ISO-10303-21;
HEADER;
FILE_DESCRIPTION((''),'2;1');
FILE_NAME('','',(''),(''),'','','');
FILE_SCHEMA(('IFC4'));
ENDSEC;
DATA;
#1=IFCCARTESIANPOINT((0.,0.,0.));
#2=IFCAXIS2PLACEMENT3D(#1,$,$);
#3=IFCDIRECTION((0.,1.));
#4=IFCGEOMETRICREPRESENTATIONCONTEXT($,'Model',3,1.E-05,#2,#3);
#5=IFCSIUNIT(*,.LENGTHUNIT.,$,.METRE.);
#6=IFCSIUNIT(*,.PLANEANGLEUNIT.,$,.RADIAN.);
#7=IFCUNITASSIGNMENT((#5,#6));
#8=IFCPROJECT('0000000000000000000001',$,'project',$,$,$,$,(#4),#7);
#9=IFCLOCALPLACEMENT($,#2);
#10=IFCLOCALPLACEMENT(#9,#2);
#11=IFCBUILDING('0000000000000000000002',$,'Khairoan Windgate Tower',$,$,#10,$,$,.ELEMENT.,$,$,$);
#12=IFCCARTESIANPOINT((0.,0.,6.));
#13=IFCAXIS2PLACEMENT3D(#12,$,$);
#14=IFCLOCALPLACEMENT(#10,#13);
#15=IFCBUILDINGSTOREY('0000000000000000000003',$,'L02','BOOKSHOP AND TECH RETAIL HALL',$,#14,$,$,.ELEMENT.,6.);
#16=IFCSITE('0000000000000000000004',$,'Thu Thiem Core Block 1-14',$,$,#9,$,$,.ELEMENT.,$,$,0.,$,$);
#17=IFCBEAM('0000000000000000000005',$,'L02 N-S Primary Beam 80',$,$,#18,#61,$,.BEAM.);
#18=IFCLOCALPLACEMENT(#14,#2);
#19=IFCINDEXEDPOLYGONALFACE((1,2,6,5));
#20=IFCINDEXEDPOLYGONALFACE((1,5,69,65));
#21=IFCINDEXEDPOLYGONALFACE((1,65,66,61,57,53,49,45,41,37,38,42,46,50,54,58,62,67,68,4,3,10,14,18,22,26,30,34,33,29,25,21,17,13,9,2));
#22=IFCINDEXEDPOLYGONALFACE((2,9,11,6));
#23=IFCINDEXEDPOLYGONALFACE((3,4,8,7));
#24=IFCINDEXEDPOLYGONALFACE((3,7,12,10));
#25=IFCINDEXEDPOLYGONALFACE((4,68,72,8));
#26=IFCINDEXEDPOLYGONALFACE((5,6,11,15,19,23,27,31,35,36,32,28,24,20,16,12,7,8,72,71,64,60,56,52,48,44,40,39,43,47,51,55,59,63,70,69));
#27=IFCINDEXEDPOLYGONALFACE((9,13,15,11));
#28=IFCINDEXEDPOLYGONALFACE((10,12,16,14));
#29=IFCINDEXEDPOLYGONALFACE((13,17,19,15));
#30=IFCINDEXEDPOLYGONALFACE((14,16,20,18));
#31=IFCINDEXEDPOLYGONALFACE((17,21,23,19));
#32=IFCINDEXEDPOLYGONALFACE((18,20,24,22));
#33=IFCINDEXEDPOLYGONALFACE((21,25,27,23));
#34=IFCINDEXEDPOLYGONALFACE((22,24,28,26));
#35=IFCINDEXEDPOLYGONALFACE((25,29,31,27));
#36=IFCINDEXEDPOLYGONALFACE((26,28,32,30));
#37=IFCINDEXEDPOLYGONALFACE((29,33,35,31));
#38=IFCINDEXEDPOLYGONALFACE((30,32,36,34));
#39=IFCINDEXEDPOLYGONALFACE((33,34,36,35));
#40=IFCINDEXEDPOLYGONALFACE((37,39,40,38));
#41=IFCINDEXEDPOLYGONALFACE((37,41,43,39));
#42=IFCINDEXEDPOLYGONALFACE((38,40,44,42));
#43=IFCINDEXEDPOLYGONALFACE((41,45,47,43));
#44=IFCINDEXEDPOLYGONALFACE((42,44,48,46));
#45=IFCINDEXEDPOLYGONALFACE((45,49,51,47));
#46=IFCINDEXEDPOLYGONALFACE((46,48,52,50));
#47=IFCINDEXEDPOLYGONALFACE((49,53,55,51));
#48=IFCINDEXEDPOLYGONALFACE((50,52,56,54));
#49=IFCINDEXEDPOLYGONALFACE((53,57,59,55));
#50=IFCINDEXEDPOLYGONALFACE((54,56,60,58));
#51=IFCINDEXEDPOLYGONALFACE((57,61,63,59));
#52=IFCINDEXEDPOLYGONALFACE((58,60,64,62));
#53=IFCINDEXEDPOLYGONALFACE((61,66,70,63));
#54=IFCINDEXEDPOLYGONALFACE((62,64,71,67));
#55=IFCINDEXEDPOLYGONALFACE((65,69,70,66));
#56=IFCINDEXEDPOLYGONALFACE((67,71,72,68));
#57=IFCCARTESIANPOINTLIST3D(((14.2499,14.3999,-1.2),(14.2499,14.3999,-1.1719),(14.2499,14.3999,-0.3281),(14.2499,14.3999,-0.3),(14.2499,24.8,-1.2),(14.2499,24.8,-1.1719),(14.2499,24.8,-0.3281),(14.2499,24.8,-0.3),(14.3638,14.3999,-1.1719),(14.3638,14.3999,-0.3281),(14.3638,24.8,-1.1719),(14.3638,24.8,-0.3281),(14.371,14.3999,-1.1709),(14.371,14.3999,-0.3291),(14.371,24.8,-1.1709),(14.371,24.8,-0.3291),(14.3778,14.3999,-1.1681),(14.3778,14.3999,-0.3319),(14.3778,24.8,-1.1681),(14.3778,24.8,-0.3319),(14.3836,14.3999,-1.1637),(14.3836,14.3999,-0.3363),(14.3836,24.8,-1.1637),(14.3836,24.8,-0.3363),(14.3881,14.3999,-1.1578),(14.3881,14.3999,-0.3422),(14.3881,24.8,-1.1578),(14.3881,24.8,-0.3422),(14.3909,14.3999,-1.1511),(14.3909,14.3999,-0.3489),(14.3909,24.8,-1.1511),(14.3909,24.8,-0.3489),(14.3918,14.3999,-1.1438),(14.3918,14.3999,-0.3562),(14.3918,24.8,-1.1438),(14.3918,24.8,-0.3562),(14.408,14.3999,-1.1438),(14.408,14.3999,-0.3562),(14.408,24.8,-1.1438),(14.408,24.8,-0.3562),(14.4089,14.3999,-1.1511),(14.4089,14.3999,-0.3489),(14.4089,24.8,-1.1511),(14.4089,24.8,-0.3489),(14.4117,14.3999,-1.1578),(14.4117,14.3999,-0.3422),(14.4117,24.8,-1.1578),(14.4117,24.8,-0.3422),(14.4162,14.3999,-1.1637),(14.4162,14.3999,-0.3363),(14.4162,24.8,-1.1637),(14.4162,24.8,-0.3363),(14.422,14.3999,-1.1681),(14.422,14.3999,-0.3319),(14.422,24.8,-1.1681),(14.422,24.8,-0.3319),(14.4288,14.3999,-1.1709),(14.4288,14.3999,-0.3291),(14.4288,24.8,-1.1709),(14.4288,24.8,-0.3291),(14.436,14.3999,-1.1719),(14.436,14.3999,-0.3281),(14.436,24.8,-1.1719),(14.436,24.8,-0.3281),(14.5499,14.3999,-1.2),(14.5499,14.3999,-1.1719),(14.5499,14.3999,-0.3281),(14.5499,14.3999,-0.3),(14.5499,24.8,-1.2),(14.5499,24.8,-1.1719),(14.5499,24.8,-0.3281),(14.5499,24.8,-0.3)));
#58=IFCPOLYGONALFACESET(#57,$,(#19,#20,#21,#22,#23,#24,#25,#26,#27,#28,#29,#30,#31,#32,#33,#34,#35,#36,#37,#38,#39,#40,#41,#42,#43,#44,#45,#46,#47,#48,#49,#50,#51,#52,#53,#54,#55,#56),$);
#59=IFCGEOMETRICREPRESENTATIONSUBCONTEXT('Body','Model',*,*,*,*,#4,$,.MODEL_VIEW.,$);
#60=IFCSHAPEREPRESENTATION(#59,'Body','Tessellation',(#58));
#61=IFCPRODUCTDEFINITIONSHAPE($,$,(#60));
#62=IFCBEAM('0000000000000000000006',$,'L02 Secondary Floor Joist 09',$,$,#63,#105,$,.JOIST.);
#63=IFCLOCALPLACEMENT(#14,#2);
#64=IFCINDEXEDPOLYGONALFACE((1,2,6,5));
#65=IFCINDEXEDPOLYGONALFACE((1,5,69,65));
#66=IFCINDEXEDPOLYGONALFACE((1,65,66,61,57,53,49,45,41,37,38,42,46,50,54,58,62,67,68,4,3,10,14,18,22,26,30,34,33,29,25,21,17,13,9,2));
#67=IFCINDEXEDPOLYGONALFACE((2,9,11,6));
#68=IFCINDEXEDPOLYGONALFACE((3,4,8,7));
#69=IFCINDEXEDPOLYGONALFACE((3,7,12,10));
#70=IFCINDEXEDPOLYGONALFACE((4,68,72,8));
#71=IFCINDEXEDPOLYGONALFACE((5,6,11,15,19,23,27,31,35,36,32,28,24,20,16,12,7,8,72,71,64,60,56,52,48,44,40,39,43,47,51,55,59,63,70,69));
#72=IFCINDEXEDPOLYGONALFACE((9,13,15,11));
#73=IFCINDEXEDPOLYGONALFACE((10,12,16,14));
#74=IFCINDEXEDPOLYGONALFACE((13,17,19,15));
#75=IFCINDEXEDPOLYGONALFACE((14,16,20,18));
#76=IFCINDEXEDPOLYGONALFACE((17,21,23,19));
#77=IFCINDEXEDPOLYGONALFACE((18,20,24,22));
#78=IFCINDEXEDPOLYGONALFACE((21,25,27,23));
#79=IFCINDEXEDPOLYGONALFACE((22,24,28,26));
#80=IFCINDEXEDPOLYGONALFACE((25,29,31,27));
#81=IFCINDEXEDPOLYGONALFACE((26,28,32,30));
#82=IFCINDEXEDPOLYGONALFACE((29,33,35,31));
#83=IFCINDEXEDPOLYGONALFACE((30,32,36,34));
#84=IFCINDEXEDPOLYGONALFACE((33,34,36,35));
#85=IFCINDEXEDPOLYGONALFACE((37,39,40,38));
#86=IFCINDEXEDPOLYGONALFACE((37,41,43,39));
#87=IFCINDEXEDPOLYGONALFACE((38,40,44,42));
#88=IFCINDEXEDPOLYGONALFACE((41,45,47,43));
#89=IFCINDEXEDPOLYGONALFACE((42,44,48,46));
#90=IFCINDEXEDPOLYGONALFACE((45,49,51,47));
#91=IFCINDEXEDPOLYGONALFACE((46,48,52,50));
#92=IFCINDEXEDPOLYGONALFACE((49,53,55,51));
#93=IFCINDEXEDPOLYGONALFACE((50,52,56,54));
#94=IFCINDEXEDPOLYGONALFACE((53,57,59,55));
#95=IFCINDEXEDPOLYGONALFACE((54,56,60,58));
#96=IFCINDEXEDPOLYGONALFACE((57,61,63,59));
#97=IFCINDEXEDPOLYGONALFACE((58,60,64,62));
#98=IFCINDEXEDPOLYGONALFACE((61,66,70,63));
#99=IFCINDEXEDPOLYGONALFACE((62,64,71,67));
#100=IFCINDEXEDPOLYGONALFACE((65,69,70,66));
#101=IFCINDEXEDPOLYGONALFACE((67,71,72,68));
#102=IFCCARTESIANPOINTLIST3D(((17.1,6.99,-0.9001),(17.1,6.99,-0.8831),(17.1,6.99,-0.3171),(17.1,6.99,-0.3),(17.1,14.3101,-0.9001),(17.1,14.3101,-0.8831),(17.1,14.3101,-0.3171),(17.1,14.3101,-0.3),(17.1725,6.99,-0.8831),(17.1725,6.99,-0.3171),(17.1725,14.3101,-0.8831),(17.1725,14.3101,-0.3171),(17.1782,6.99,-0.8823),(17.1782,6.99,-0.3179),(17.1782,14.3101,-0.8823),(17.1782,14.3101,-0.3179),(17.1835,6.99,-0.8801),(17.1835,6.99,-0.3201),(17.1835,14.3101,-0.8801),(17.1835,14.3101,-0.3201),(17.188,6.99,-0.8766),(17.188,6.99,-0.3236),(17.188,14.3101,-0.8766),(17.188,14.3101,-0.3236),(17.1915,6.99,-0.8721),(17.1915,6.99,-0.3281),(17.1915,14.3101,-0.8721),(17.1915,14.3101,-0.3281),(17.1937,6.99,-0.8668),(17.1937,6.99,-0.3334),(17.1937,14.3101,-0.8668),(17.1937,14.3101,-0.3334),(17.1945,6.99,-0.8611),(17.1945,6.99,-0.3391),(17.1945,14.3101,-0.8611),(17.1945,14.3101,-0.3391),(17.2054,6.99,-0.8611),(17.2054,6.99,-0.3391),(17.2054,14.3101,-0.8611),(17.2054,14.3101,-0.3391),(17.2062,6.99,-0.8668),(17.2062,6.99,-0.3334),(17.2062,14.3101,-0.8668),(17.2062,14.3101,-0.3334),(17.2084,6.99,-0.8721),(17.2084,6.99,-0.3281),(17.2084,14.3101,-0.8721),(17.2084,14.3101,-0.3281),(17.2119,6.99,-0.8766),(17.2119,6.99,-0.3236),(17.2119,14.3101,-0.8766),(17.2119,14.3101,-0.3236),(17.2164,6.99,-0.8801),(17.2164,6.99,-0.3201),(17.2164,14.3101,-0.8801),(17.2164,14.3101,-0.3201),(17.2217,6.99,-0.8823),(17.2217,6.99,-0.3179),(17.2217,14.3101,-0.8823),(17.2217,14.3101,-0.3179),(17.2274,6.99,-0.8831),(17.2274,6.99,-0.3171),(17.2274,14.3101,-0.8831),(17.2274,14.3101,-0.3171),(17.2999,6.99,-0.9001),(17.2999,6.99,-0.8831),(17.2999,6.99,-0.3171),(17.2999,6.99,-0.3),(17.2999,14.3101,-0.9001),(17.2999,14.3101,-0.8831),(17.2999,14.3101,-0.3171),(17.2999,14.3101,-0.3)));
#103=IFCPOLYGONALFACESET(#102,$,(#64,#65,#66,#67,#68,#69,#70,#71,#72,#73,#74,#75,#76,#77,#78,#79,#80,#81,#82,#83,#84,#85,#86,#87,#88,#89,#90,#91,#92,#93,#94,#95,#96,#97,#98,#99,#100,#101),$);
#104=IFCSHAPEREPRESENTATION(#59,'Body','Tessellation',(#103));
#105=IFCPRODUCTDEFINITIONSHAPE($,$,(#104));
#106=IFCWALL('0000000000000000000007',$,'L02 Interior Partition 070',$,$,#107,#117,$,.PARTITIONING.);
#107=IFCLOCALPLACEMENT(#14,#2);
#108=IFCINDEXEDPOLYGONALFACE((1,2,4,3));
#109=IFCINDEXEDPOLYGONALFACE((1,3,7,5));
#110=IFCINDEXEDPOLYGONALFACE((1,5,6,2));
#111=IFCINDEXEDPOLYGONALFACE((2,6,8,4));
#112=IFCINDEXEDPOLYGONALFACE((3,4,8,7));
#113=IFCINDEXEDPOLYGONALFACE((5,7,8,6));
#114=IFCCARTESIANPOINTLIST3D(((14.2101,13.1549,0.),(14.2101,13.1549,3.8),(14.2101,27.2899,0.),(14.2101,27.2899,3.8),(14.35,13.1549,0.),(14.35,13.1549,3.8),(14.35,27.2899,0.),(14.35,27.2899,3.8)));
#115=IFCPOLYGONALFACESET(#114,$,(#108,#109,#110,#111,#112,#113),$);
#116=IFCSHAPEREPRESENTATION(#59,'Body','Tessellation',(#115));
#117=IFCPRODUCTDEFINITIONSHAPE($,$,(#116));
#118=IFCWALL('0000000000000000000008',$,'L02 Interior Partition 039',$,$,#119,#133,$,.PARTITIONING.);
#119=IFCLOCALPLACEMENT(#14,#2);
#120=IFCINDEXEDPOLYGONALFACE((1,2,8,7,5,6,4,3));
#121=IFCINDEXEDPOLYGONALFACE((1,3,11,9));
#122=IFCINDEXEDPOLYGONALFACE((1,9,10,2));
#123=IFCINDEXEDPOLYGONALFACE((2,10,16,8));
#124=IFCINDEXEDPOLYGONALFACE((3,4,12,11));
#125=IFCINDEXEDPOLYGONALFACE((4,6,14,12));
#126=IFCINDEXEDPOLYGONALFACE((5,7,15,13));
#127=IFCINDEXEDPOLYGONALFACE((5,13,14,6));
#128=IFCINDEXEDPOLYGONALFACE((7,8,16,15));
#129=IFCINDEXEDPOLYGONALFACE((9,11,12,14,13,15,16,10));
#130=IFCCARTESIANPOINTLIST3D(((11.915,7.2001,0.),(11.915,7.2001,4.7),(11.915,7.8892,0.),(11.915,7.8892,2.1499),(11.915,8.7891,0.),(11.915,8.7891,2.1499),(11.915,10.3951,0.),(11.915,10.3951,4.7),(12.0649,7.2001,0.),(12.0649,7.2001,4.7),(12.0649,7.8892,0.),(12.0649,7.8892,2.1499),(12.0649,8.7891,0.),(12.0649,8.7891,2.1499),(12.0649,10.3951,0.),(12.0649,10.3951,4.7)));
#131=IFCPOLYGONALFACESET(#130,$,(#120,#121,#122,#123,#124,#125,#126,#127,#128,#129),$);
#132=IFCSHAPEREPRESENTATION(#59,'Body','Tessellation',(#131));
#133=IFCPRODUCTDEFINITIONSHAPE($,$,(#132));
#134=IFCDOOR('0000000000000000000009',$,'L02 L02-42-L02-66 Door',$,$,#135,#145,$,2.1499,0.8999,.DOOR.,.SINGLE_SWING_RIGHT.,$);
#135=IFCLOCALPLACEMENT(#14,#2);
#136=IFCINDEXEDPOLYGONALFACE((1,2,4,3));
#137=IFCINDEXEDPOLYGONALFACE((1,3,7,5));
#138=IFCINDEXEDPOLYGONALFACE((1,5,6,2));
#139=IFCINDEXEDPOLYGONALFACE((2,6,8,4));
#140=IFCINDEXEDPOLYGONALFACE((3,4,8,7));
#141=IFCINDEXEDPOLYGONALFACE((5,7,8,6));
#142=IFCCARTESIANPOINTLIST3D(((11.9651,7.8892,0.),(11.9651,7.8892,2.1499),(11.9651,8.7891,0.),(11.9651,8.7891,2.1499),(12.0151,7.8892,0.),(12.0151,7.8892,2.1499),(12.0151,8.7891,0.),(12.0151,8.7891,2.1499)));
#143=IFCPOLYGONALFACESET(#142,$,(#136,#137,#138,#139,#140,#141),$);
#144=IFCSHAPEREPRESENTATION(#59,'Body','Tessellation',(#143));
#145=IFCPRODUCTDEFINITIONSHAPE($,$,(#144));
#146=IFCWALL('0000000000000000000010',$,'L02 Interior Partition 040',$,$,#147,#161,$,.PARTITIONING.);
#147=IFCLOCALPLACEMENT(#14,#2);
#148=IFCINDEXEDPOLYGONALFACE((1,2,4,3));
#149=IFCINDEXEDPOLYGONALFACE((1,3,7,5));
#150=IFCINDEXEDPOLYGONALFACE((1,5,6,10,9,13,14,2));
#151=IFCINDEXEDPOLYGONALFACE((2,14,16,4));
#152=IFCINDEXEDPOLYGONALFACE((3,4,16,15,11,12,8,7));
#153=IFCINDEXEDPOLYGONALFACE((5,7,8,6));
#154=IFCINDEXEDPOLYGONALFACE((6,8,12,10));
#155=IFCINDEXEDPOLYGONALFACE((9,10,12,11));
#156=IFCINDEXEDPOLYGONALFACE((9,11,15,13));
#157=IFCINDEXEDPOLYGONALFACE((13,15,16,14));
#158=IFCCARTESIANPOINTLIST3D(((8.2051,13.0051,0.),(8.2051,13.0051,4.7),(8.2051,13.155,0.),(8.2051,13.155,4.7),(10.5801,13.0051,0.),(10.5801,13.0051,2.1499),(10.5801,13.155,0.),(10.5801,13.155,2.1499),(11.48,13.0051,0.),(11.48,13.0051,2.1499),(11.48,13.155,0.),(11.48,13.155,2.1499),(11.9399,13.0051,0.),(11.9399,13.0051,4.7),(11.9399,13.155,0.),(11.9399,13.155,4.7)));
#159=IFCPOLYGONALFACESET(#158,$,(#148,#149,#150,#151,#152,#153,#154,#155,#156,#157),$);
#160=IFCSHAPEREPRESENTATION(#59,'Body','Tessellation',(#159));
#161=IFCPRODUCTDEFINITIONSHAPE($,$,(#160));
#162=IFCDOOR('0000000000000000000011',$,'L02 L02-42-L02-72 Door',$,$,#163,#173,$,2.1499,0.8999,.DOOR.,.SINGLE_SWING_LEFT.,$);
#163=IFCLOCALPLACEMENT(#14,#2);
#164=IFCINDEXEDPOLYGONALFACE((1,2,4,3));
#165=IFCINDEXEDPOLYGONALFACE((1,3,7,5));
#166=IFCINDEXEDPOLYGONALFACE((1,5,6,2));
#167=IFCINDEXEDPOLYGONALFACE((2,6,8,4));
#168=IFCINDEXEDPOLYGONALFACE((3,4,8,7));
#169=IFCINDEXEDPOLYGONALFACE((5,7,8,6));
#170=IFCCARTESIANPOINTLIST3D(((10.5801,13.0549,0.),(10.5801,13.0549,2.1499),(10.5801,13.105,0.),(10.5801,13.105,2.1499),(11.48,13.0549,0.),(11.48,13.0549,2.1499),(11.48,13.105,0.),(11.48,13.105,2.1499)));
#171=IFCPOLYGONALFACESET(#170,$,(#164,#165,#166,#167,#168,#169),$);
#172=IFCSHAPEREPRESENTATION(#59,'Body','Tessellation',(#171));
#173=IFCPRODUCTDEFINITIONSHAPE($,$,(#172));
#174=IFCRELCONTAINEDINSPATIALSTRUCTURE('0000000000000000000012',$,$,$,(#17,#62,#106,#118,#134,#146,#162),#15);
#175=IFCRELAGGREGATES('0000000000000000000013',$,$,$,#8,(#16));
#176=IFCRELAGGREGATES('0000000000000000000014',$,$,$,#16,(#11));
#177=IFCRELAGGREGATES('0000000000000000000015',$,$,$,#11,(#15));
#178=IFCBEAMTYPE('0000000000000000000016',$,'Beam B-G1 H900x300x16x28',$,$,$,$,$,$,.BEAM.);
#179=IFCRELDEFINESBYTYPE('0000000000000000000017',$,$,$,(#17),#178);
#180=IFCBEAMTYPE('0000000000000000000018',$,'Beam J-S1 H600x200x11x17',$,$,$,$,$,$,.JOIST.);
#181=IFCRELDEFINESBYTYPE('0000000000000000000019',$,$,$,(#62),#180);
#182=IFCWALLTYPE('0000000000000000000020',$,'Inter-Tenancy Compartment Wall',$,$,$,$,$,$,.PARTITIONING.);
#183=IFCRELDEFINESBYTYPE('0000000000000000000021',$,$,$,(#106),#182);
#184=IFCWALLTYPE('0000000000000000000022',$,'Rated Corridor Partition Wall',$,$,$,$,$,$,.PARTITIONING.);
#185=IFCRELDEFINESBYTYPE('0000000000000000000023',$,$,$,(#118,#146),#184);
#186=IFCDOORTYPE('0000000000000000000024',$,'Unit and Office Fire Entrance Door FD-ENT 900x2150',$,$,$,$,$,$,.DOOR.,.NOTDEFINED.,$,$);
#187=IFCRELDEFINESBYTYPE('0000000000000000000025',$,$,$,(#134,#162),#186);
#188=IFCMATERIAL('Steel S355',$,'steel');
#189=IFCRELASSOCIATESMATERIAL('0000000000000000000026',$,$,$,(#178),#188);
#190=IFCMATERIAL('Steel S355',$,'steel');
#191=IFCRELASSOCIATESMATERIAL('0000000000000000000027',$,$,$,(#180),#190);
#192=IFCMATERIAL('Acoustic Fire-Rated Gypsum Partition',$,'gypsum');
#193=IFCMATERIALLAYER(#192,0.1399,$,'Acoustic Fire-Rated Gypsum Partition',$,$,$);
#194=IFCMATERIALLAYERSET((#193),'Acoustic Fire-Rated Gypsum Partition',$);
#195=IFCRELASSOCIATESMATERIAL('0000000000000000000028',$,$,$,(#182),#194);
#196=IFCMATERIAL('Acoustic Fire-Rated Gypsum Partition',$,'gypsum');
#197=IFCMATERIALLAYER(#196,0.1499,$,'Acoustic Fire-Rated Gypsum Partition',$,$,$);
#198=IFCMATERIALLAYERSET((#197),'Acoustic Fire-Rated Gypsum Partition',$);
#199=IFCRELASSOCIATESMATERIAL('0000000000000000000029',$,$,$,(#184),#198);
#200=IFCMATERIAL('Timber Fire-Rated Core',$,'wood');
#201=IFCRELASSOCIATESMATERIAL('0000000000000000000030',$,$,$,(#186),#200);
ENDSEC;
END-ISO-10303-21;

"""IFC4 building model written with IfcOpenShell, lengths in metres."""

from ifc_helpers import new_model, si_unit, direction, frame, frame_2d, origin, origin_2d, place, context, subcontext, project, spatial, rectangle, i_section, extrude, material, layer, layer_set, material_profile, profile_set, type_object, element, fill, save


model = new_model("IFC4")

# Units and contexts
model_context = context("Model", 3, precision=1e-05, world=origin(), true_north=direction((0.0, 1.0)))
body_context = subcontext(model_context, "Body", "Model", "MODEL_VIEW")
ifc_project = project(units=[si_unit("LENGTHUNIT", "METRE"), si_unit("PLANEANGLEUNIT", "RADIAN")], contexts=[model_context])

# Site, building, storey
site_placement = place(None, origin())
site = spatial("IfcSite", under=ifc_project, at=site_placement, Name="Thu Thiem Core Block 1-14", CompositionType="ELEMENT", RefElevation=0.0)
building_placement = place(site_placement, origin())
building = spatial("IfcBuilding", under=site, at=building_placement, Name="Khairoan Windgate Tower", CompositionType="ELEMENT")
storey_placement = place(building_placement, frame((0.0, 0.0, 6.0)))
storey = spatial("IfcBuildingStorey", under=building, at=storey_placement, Name="L02", Description="BOOKSHOP AND TECH RETAIL HALL", CompositionType="ELEMENT", Elevation=6.0)

# Beams
ifc_material_1 = material(Name="Steel S355", Category="steel")
ifc_material_profile_1 = material_profile(ifc_material_1, i_section(OverallWidth=0.3, OverallDepth=0.8999, WebThickness=0.0161, FlangeThickness=0.0281, FilletRadius=0.0281, at=origin_2d()))
ifc_profile_set_1 = profile_set([ifc_material_profile_1], Name="Steel S355")
beam_type_1 = type_object("IfcBeamType", Name="Beam B-G1 H900x300x16x28", PredefinedType="BEAM", material=ifc_profile_set_1)
beam_1_placement = place(storey_placement, frame((14.3999, 14.3999, -0.75), z_axis=(0.0, 1.0, 0.0), x_axis=(-1.0, 0.0, 0.0)))
element("IfcBeam", 1, at=beam_1_placement, inside=storey, type_object=beam_type_1, Name="L02 N-S Primary Beam 80", PredefinedType="BEAM", context=body_context, shape_type="SweptSolid", body=[
    extrude(i_section(OverallWidth=0.3, OverallDepth=0.8999, WebThickness=0.0161, FlangeThickness=0.0281, FilletRadius=0.0281, at=origin_2d()), origin(), (0.0, 0.0, 1.0), 10.4001),
])
ifc_material_2 = material(Name="Steel S355", Category="steel")
ifc_material_profile_2 = material_profile(ifc_material_2, i_section(OverallWidth=0.2, OverallDepth=0.6001, WebThickness=0.011, FlangeThickness=0.0171, FilletRadius=0.022, at=origin_2d()))
ifc_profile_set_2 = profile_set([ifc_material_profile_2], Name="Steel S355")
beam_type_2 = type_object("IfcBeamType", Name="Beam J-S1 H600x200x11x17", PredefinedType="JOIST", material=ifc_profile_set_2)
beam_2_placement = place(storey_placement, frame((17.2, 6.99, -0.6001), z_axis=(0.0, 1.0, 0.0), x_axis=(-1.0, 0.0, 0.0)))
element("IfcBeam", 2, at=beam_2_placement, inside=storey, type_object=beam_type_2, Name="L02 Secondary Floor Joist 09", PredefinedType="JOIST", context=body_context, shape_type="SweptSolid", body=[
    extrude(i_section(OverallWidth=0.2, OverallDepth=0.6001, WebThickness=0.011, FlangeThickness=0.0171, FilletRadius=0.022, at=origin_2d()), origin(), (0.0, 0.0, 1.0), 7.3201),
])

# Wall
ifc_material_3 = material(Name="Acoustic Fire-Rated Gypsum Partition", Category="gypsum")
ifc_layer_1 = layer(ifc_material_3, 0.1399, Name="Acoustic Fire-Rated Gypsum Partition")
ifc_layer_set_1 = layer_set([ifc_layer_1], Name="Acoustic Fire-Rated Gypsum Partition")
wall_type_1 = type_object("IfcWallType", Name="Inter-Tenancy Compartment Wall", PredefinedType="PARTITIONING", material=ifc_layer_set_1)
wall_1_placement = place(storey_placement, frame((14.28, 13.155, 0.0), z_axis=(0.0, 0.0, 1.0), x_axis=(0.0, 1.0, 0.0)))
element("IfcWall", 3, at=wall_1_placement, inside=storey, type_object=wall_type_1, Name="L02 Interior Partition 070", PredefinedType="PARTITIONING", context=body_context, shape_type="SweptSolid", body=[
    extrude(rectangle(XDim=14.135, YDim=0.1399, at=frame_2d((7.0674, 0.0))), origin(), (0.0, 0.0, 1.0), 3.8),
])

# Walls, openings, doors
ifc_material_4 = material(Name="Acoustic Fire-Rated Gypsum Partition", Category="gypsum")
ifc_layer_2 = layer(ifc_material_4, 0.1499, Name="Acoustic Fire-Rated Gypsum Partition")
ifc_layer_set_2 = layer_set([ifc_layer_2], Name="Acoustic Fire-Rated Gypsum Partition")
wall_type_2 = type_object("IfcWallType", Name="Rated Corridor Partition Wall", PredefinedType="PARTITIONING", material=ifc_layer_set_2)
wall_2_placement = place(storey_placement, frame((11.99, 7.2, 0.0), z_axis=(0.0, 0.0, 1.0), x_axis=(0.0, 1.0, 0.0)))
wall_2 = element("IfcWall", 4, at=wall_2_placement, inside=storey, type_object=wall_type_2, Name="L02 Interior Partition 039", PredefinedType="PARTITIONING", context=body_context, shape_type="SweptSolid", body=[
    extrude(rectangle(XDim=3.1951, YDim=0.1499, at=frame_2d((1.5977, 0.0))), origin(), (0.0, 0.0, 1.0), 4.7),
])
opening_1_placement = place(wall_2_placement, frame((0.6892, 0.0, 0.0)))
opening_1 = element("IfcOpeningElement", 5, at=opening_1_placement, cuts=wall_2, PredefinedType="OPENING", context=body_context, shape_type="SweptSolid", body=[
    extrude(rectangle(XDim=0.8999, YDim=2.1499, at=frame_2d((0.45, 1.075))), frame((0.0, 0.085, 0.0), z_axis=(0.0, -1.0, 0.0), x_axis=(1.0, 0.0, 0.0)), (0.0, 0.0, 1.0), 0.1699),
])
ifc_material_5 = material(Name="Timber Fire-Rated Core", Category="wood")
door_type = type_object("IfcDoorType", Name="Unit and Office Fire Entrance Door FD-ENT 900x2150", OperationType="NOTDEFINED", PredefinedType="DOOR", material=ifc_material_5)
door_1_placement = place(opening_1_placement, origin())
door_1 = element("IfcDoor", 6, at=door_1_placement, inside=storey, type_object=door_type, Name="L02 L02-42-L02-66 Door", OperationType="SINGLE_SWING_RIGHT", OverallHeight=2.1499, OverallWidth=0.8999, PredefinedType="DOOR", context=body_context, shape_type="SweptSolid", body=[
    extrude(rectangle(XDim=0.8999, YDim=2.1499, at=frame_2d((0.45, 1.075))), frame((0.0, 0.0249, 0.0), z_axis=(0.0, -1.0, 0.0), x_axis=(1.0, 0.0, 0.0)), (0.0, 0.0, 1.0), 0.05),
])
fill(opening_1, door_1)
wall_3_placement = place(storey_placement, frame((8.2051, 13.0801, 0.0), z_axis=(0.0, 0.0, 1.0), x_axis=(1.0, 0.0, 0.0)))
wall_3 = element("IfcWall", 7, at=wall_3_placement, inside=storey, type_object=wall_type_2, Name="L02 Interior Partition 040", PredefinedType="PARTITIONING", context=body_context, shape_type="SweptSolid", body=[
    extrude(rectangle(XDim=3.7349, YDim=0.1499, at=frame_2d((1.8674, 0.0))), origin(), (0.0, 0.0, 1.0), 4.7),
])
opening_2_placement = place(wall_3_placement, frame((2.375, 0.0, 0.0)))
opening_2 = element("IfcOpeningElement", 8, at=opening_2_placement, cuts=wall_3, PredefinedType="OPENING", context=body_context, shape_type="SweptSolid", body=[
    extrude(rectangle(XDim=0.8999, YDim=2.1499, at=frame_2d((0.45, 1.075))), frame((0.0, 0.085, 0.0), z_axis=(0.0, -1.0, 0.0), x_axis=(1.0, 0.0, 0.0)), (0.0, 0.0, 1.0), 0.1699),
])
door_2_placement = place(opening_2_placement, origin())
door_2 = element("IfcDoor", 9, at=door_2_placement, inside=storey, type_object=door_type, Name="L02 L02-42-L02-72 Door", OperationType="SINGLE_SWING_LEFT", OverallHeight=2.1499, OverallWidth=0.8999, PredefinedType="DOOR", context=body_context, shape_type="SweptSolid", body=[
    extrude(rectangle(XDim=0.8999, YDim=2.1499, at=frame_2d((0.45, 1.075))), frame((0.0, 0.0249, 0.0), z_axis=(0.0, -1.0, 0.0), x_axis=(1.0, 0.0, 0.0)), (0.0, 0.0, 1.0), 0.05),
])
fill(opening_2, door_2)

save(model, "model.ifc")
